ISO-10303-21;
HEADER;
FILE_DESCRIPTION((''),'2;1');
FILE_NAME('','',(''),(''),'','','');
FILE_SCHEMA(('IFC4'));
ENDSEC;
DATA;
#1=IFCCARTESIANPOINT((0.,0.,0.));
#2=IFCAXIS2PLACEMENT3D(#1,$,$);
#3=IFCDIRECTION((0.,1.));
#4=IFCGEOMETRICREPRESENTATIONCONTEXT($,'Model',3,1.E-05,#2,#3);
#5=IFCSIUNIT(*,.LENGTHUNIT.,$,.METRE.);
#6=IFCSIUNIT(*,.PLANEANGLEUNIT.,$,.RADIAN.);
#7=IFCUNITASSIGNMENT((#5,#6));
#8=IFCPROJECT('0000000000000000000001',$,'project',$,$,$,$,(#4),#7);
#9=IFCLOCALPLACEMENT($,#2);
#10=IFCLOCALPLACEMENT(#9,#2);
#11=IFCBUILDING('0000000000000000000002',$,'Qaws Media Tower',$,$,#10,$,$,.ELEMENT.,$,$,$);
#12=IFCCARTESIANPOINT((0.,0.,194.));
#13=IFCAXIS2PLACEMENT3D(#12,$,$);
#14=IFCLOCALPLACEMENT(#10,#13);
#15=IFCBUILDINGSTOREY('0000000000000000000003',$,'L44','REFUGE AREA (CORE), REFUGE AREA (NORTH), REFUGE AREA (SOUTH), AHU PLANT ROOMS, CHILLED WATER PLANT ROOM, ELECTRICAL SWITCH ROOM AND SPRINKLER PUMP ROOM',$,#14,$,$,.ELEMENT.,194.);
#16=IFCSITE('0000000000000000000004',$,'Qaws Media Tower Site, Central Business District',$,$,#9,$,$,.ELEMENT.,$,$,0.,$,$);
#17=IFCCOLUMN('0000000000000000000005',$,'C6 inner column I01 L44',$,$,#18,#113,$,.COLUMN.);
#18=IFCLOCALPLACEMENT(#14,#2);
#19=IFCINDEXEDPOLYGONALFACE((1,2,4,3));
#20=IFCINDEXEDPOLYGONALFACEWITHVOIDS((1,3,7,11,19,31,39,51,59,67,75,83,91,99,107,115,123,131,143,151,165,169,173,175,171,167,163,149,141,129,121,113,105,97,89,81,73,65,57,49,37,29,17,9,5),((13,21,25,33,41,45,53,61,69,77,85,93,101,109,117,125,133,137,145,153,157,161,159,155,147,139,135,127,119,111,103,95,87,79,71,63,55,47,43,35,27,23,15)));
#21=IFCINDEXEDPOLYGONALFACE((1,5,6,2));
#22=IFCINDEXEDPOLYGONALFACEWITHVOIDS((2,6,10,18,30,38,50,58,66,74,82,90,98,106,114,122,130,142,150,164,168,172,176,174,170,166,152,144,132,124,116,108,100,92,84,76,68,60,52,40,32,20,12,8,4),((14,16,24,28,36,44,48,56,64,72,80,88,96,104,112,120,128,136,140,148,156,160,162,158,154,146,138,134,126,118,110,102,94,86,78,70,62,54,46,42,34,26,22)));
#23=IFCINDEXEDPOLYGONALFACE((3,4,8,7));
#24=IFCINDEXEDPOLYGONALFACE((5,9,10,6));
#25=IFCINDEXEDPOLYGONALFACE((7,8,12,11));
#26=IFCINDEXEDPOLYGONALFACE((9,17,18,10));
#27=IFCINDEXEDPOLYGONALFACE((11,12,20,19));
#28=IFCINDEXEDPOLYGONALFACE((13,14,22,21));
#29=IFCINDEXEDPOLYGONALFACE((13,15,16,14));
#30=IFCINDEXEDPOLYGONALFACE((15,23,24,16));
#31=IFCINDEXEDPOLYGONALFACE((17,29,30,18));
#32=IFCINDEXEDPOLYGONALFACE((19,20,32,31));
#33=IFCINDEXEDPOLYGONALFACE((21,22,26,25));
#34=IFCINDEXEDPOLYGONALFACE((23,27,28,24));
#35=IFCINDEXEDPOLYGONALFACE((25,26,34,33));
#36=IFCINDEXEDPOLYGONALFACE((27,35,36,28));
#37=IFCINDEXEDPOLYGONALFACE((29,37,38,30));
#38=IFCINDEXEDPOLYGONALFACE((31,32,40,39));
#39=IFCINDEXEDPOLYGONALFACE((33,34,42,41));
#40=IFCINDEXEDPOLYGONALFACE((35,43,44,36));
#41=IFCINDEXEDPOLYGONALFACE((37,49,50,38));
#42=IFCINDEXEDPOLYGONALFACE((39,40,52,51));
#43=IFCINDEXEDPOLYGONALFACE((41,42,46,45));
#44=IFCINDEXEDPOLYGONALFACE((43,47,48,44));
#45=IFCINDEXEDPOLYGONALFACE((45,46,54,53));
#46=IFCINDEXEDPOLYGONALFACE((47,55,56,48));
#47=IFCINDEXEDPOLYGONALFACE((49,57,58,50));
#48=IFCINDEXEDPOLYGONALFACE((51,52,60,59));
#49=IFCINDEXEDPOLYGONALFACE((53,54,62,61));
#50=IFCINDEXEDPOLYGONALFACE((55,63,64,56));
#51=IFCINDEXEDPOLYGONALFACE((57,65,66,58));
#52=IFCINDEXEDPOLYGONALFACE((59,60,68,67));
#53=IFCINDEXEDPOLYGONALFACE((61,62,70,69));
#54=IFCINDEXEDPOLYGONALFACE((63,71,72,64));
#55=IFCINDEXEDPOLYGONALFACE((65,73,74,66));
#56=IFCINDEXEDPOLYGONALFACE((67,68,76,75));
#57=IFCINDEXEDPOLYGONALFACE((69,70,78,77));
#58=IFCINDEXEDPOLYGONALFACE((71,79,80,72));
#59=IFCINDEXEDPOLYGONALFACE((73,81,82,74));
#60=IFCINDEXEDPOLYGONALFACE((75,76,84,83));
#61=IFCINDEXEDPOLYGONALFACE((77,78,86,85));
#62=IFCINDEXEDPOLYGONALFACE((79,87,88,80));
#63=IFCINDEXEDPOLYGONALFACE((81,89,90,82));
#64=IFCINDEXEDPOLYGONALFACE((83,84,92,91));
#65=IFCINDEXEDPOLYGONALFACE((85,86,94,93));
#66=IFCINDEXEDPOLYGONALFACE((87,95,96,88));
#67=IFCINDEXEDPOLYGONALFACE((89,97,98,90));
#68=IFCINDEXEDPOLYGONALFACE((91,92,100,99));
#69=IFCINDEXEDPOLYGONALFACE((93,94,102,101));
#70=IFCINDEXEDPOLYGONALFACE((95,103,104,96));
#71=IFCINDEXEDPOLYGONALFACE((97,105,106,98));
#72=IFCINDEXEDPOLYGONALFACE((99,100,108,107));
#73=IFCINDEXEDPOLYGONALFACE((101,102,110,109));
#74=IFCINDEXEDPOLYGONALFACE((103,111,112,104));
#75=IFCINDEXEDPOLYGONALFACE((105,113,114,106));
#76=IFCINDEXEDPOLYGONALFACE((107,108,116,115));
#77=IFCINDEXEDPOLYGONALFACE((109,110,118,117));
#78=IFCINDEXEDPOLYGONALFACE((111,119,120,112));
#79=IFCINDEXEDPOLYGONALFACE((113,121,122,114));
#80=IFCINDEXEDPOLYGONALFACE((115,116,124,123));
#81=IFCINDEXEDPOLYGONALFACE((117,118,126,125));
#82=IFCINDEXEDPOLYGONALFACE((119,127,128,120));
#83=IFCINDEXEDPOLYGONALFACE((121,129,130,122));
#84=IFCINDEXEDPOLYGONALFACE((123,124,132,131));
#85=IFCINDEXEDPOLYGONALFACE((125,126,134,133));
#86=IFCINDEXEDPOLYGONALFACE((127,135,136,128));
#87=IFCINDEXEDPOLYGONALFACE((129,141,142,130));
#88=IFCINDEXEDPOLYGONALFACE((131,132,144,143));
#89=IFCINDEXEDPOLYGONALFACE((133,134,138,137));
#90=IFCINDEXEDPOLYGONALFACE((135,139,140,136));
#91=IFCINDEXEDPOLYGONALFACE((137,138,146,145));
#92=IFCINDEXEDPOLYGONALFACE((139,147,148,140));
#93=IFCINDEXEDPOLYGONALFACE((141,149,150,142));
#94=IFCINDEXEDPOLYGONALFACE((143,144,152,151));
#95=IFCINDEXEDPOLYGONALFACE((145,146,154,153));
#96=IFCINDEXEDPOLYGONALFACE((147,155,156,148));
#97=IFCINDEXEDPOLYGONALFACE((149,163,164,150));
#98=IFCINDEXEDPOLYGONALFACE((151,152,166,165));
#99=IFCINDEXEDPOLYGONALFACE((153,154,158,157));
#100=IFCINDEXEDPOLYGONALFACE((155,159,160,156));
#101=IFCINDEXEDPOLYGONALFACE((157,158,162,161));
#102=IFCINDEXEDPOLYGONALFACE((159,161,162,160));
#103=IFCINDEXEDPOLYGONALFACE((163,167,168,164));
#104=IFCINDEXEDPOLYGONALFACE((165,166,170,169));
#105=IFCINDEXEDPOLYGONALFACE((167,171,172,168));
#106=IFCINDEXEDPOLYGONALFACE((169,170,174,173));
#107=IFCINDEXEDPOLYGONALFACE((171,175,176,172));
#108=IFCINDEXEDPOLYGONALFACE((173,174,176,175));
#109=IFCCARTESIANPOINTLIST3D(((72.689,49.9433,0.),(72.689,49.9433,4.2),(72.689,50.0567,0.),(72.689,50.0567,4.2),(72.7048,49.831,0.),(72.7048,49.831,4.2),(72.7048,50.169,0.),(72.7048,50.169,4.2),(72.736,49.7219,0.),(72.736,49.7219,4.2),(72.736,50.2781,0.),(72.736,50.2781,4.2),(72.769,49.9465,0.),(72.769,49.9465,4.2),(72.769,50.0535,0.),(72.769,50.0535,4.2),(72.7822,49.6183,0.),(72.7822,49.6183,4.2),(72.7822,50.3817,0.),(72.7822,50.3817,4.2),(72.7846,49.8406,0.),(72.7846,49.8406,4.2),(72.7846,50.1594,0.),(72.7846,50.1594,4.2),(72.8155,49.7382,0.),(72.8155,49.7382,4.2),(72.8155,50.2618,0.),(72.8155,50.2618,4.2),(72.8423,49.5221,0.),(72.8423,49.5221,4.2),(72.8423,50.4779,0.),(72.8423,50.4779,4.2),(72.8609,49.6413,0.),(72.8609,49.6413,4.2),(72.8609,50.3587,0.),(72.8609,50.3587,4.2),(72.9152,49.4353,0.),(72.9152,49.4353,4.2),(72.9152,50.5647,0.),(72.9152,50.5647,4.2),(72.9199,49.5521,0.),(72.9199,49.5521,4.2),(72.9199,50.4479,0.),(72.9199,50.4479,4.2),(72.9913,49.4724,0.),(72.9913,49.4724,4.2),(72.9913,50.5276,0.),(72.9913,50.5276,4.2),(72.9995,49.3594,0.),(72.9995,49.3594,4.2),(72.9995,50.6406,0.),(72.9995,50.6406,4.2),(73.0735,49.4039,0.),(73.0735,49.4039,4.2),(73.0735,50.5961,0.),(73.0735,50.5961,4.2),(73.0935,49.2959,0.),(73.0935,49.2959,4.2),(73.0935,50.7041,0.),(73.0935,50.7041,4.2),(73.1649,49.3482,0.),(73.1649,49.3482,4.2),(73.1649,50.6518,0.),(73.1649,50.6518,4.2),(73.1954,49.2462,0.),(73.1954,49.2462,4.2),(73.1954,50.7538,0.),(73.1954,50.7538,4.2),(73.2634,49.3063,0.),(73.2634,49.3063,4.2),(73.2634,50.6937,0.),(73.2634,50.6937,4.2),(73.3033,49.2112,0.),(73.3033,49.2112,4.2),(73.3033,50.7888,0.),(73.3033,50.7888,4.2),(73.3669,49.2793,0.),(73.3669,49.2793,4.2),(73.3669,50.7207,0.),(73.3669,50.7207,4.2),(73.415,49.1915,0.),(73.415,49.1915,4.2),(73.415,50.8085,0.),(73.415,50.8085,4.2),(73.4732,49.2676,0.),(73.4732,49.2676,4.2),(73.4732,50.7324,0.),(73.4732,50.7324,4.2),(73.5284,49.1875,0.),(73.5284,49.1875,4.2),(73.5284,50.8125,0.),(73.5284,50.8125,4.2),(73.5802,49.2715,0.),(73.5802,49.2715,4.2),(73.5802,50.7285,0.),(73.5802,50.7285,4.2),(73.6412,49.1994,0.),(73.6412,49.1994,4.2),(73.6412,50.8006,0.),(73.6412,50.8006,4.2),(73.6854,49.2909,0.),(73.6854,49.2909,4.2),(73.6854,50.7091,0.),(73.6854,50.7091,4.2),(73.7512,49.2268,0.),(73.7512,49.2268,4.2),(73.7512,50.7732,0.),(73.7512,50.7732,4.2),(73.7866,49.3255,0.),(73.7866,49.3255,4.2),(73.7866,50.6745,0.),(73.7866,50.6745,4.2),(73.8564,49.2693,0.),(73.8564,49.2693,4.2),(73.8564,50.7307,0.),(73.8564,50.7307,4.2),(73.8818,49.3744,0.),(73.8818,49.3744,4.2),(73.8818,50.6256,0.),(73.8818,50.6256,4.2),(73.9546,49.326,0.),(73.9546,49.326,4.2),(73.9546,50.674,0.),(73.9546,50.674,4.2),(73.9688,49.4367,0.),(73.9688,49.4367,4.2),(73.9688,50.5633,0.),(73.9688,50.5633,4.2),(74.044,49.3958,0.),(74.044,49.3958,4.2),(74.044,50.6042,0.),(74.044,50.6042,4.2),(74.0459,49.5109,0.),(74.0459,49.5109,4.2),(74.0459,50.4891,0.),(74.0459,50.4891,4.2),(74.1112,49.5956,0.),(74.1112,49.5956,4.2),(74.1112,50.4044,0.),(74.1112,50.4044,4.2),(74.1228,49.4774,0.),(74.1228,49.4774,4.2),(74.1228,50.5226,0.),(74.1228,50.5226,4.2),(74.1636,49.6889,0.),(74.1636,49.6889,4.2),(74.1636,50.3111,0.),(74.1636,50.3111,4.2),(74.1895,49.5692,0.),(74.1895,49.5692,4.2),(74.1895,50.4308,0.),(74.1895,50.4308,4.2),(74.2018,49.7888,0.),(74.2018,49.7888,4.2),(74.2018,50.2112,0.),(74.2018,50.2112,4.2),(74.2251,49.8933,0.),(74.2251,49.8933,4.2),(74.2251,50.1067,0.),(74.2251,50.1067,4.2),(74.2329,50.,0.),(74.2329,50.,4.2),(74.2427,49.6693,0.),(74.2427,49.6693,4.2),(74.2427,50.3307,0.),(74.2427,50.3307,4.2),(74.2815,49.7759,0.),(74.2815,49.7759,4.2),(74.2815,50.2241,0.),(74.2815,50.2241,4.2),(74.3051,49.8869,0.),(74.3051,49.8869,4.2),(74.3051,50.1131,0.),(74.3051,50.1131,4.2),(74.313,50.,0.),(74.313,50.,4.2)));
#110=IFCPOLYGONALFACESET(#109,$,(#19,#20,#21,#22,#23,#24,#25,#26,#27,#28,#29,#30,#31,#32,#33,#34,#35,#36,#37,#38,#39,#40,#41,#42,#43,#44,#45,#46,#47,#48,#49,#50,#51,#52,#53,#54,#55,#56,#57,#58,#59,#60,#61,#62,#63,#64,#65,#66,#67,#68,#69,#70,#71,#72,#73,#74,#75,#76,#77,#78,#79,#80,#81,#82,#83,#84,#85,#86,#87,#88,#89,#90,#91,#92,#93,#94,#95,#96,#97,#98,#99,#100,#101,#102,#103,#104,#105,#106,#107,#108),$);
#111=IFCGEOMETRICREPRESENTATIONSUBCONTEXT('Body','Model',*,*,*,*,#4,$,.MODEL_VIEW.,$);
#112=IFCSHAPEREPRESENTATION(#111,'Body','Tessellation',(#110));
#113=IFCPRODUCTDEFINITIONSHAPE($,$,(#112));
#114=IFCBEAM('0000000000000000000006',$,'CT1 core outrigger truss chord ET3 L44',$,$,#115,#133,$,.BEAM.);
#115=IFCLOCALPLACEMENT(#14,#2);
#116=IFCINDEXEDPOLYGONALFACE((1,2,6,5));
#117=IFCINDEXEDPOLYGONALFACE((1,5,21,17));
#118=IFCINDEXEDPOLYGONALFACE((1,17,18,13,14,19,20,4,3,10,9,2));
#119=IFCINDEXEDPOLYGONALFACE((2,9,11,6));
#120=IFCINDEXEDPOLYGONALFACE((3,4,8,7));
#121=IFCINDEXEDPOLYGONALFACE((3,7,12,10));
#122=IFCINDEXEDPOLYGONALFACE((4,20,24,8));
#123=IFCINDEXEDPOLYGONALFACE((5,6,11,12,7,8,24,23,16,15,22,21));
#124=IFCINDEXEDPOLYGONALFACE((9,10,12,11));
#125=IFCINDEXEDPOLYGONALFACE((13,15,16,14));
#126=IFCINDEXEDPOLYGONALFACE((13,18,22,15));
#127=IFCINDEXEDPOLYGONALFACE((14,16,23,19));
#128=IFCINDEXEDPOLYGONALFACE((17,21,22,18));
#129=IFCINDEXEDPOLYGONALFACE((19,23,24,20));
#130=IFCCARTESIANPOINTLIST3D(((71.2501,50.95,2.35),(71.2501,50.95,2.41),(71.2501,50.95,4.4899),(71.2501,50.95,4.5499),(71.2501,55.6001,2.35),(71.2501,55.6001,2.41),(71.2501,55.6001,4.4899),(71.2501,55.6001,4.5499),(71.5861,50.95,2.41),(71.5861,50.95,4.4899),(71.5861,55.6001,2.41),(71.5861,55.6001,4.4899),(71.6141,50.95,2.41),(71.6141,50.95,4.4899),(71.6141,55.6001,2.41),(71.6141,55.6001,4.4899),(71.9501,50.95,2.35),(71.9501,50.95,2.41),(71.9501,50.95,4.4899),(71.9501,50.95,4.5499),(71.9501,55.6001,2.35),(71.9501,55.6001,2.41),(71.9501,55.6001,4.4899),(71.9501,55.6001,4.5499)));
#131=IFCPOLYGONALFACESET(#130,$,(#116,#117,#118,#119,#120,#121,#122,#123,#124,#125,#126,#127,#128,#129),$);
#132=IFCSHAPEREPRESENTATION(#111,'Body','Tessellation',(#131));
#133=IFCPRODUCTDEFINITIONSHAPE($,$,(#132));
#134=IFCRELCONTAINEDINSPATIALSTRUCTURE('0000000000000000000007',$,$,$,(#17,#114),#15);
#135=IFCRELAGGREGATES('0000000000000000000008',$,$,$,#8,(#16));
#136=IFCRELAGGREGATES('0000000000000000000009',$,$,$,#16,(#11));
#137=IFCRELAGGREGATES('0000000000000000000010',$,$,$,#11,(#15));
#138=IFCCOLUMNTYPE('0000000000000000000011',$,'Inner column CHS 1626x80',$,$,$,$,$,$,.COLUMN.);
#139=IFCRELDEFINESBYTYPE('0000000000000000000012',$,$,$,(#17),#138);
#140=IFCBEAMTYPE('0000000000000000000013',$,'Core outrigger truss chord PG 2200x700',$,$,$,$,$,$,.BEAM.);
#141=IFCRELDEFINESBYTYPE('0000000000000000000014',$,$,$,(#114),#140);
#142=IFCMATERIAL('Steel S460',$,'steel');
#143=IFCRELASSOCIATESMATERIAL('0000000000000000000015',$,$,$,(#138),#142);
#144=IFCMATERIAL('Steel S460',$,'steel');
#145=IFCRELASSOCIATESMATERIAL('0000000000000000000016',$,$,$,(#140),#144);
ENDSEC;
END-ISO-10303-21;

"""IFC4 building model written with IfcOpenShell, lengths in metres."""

from ifc_helpers import new_model, si_unit, direction, frame, origin, origin_2d, place, context, subcontext, project, spatial, hollow_circle, i_section, extrude, material, material_profile, profile_set, type_object, element, save


model = new_model("IFC4")

# Units and contexts
model_context = context("Model", 3, precision=1e-05, world=origin(), true_north=direction((0.0, 1.0)))
body_context = subcontext(model_context, "Body", "Model", "MODEL_VIEW")
ifc_project = project(units=[si_unit("LENGTHUNIT", "METRE"), si_unit("PLANEANGLEUNIT", "RADIAN")], contexts=[model_context])

# Site, building, storey
site_placement = place(None, origin())
site = spatial("IfcSite", under=ifc_project, at=site_placement, Name="Qaws Media Tower Site, Central Business District", CompositionType="ELEMENT", RefElevation=0.0)
building_placement = place(site_placement, origin())
building = spatial("IfcBuilding", under=site, at=building_placement, Name="Qaws Media Tower", CompositionType="ELEMENT")
storey_placement = place(building_placement, frame((0.0, 0.0, 194.0)))
storey = spatial("IfcBuildingStorey", under=building, at=storey_placement, Name="L44", Description="REFUGE AREA (CORE), REFUGE AREA (NORTH), REFUGE AREA (SOUTH), AHU PLANT ROOMS, CHILLED WATER PLANT ROOM, ELECTRICAL SWITCH ROOM AND SPRINKLER PUMP ROOM", CompositionType="ELEMENT", Elevation=194.0)

# Column
ifc_material_1 = material(Name="Steel S460", Category="steel")
ifc_material_profile_1 = material_profile(ifc_material_1, hollow_circle(Radius=0.813, WallThickness=0.0801, at=origin_2d()), Name="CHS 1626x80")
ifc_profile_set_1 = profile_set([ifc_material_profile_1], Name="Steel S460")
column_type = type_object("IfcColumnType", Name="Inner column CHS 1626x80", PredefinedType="COLUMN", material=ifc_profile_set_1)
column_placement = place(storey_placement, frame((73.5, 50.0, 0.0), z_axis=(0.0, 0.0, 1.0), x_axis=(1.0, 0.0, 0.0)))
element("IfcColumn", 1, at=column_placement, inside=storey, type_object=column_type, Name="C6 inner column I01 L44", PredefinedType="COLUMN", context=body_context, shape_type="SweptSolid", body=[
    extrude(hollow_circle(Radius=0.813, WallThickness=0.0801, at=origin_2d()), origin(), (0.0, 0.0, 1.0), 4.2),
])

# Beam
ifc_material_2 = material(Name="Steel S460", Category="steel")
ifc_material_profile_2 = material_profile(ifc_material_2, i_section(OverallWidth=0.7, OverallDepth=2.2, WebThickness=0.0281, FlangeThickness=0.0601, at=origin_2d()), Name="PG 2200x700")
ifc_profile_set_2 = profile_set([ifc_material_profile_2], Name="Steel S460")
beam_type_1 = type_object("IfcBeamType", Name="Core outrigger truss chord PG 2200x700", PredefinedType="BEAM", material=ifc_profile_set_2)
beam_1_placement = place(storey_placement, frame((71.6001, 50.95, 3.45), z_axis=(0.0, 1.0, 0.0), x_axis=(-1.0, 0.0, 0.0)))
element("IfcBeam", 2, at=beam_1_placement, inside=storey, type_object=beam_type_1, Name="CT1 core outrigger truss chord ET3 L44", PredefinedType="BEAM", context=body_context, shape_type="SweptSolid", body=[
    extrude(i_section(OverallWidth=0.7, OverallDepth=2.2, WebThickness=0.0281, FlangeThickness=0.0601, at=origin_2d()), origin(), (0.0, 0.0, 1.0), 4.6501),
])

save(model, "model.ifc")
